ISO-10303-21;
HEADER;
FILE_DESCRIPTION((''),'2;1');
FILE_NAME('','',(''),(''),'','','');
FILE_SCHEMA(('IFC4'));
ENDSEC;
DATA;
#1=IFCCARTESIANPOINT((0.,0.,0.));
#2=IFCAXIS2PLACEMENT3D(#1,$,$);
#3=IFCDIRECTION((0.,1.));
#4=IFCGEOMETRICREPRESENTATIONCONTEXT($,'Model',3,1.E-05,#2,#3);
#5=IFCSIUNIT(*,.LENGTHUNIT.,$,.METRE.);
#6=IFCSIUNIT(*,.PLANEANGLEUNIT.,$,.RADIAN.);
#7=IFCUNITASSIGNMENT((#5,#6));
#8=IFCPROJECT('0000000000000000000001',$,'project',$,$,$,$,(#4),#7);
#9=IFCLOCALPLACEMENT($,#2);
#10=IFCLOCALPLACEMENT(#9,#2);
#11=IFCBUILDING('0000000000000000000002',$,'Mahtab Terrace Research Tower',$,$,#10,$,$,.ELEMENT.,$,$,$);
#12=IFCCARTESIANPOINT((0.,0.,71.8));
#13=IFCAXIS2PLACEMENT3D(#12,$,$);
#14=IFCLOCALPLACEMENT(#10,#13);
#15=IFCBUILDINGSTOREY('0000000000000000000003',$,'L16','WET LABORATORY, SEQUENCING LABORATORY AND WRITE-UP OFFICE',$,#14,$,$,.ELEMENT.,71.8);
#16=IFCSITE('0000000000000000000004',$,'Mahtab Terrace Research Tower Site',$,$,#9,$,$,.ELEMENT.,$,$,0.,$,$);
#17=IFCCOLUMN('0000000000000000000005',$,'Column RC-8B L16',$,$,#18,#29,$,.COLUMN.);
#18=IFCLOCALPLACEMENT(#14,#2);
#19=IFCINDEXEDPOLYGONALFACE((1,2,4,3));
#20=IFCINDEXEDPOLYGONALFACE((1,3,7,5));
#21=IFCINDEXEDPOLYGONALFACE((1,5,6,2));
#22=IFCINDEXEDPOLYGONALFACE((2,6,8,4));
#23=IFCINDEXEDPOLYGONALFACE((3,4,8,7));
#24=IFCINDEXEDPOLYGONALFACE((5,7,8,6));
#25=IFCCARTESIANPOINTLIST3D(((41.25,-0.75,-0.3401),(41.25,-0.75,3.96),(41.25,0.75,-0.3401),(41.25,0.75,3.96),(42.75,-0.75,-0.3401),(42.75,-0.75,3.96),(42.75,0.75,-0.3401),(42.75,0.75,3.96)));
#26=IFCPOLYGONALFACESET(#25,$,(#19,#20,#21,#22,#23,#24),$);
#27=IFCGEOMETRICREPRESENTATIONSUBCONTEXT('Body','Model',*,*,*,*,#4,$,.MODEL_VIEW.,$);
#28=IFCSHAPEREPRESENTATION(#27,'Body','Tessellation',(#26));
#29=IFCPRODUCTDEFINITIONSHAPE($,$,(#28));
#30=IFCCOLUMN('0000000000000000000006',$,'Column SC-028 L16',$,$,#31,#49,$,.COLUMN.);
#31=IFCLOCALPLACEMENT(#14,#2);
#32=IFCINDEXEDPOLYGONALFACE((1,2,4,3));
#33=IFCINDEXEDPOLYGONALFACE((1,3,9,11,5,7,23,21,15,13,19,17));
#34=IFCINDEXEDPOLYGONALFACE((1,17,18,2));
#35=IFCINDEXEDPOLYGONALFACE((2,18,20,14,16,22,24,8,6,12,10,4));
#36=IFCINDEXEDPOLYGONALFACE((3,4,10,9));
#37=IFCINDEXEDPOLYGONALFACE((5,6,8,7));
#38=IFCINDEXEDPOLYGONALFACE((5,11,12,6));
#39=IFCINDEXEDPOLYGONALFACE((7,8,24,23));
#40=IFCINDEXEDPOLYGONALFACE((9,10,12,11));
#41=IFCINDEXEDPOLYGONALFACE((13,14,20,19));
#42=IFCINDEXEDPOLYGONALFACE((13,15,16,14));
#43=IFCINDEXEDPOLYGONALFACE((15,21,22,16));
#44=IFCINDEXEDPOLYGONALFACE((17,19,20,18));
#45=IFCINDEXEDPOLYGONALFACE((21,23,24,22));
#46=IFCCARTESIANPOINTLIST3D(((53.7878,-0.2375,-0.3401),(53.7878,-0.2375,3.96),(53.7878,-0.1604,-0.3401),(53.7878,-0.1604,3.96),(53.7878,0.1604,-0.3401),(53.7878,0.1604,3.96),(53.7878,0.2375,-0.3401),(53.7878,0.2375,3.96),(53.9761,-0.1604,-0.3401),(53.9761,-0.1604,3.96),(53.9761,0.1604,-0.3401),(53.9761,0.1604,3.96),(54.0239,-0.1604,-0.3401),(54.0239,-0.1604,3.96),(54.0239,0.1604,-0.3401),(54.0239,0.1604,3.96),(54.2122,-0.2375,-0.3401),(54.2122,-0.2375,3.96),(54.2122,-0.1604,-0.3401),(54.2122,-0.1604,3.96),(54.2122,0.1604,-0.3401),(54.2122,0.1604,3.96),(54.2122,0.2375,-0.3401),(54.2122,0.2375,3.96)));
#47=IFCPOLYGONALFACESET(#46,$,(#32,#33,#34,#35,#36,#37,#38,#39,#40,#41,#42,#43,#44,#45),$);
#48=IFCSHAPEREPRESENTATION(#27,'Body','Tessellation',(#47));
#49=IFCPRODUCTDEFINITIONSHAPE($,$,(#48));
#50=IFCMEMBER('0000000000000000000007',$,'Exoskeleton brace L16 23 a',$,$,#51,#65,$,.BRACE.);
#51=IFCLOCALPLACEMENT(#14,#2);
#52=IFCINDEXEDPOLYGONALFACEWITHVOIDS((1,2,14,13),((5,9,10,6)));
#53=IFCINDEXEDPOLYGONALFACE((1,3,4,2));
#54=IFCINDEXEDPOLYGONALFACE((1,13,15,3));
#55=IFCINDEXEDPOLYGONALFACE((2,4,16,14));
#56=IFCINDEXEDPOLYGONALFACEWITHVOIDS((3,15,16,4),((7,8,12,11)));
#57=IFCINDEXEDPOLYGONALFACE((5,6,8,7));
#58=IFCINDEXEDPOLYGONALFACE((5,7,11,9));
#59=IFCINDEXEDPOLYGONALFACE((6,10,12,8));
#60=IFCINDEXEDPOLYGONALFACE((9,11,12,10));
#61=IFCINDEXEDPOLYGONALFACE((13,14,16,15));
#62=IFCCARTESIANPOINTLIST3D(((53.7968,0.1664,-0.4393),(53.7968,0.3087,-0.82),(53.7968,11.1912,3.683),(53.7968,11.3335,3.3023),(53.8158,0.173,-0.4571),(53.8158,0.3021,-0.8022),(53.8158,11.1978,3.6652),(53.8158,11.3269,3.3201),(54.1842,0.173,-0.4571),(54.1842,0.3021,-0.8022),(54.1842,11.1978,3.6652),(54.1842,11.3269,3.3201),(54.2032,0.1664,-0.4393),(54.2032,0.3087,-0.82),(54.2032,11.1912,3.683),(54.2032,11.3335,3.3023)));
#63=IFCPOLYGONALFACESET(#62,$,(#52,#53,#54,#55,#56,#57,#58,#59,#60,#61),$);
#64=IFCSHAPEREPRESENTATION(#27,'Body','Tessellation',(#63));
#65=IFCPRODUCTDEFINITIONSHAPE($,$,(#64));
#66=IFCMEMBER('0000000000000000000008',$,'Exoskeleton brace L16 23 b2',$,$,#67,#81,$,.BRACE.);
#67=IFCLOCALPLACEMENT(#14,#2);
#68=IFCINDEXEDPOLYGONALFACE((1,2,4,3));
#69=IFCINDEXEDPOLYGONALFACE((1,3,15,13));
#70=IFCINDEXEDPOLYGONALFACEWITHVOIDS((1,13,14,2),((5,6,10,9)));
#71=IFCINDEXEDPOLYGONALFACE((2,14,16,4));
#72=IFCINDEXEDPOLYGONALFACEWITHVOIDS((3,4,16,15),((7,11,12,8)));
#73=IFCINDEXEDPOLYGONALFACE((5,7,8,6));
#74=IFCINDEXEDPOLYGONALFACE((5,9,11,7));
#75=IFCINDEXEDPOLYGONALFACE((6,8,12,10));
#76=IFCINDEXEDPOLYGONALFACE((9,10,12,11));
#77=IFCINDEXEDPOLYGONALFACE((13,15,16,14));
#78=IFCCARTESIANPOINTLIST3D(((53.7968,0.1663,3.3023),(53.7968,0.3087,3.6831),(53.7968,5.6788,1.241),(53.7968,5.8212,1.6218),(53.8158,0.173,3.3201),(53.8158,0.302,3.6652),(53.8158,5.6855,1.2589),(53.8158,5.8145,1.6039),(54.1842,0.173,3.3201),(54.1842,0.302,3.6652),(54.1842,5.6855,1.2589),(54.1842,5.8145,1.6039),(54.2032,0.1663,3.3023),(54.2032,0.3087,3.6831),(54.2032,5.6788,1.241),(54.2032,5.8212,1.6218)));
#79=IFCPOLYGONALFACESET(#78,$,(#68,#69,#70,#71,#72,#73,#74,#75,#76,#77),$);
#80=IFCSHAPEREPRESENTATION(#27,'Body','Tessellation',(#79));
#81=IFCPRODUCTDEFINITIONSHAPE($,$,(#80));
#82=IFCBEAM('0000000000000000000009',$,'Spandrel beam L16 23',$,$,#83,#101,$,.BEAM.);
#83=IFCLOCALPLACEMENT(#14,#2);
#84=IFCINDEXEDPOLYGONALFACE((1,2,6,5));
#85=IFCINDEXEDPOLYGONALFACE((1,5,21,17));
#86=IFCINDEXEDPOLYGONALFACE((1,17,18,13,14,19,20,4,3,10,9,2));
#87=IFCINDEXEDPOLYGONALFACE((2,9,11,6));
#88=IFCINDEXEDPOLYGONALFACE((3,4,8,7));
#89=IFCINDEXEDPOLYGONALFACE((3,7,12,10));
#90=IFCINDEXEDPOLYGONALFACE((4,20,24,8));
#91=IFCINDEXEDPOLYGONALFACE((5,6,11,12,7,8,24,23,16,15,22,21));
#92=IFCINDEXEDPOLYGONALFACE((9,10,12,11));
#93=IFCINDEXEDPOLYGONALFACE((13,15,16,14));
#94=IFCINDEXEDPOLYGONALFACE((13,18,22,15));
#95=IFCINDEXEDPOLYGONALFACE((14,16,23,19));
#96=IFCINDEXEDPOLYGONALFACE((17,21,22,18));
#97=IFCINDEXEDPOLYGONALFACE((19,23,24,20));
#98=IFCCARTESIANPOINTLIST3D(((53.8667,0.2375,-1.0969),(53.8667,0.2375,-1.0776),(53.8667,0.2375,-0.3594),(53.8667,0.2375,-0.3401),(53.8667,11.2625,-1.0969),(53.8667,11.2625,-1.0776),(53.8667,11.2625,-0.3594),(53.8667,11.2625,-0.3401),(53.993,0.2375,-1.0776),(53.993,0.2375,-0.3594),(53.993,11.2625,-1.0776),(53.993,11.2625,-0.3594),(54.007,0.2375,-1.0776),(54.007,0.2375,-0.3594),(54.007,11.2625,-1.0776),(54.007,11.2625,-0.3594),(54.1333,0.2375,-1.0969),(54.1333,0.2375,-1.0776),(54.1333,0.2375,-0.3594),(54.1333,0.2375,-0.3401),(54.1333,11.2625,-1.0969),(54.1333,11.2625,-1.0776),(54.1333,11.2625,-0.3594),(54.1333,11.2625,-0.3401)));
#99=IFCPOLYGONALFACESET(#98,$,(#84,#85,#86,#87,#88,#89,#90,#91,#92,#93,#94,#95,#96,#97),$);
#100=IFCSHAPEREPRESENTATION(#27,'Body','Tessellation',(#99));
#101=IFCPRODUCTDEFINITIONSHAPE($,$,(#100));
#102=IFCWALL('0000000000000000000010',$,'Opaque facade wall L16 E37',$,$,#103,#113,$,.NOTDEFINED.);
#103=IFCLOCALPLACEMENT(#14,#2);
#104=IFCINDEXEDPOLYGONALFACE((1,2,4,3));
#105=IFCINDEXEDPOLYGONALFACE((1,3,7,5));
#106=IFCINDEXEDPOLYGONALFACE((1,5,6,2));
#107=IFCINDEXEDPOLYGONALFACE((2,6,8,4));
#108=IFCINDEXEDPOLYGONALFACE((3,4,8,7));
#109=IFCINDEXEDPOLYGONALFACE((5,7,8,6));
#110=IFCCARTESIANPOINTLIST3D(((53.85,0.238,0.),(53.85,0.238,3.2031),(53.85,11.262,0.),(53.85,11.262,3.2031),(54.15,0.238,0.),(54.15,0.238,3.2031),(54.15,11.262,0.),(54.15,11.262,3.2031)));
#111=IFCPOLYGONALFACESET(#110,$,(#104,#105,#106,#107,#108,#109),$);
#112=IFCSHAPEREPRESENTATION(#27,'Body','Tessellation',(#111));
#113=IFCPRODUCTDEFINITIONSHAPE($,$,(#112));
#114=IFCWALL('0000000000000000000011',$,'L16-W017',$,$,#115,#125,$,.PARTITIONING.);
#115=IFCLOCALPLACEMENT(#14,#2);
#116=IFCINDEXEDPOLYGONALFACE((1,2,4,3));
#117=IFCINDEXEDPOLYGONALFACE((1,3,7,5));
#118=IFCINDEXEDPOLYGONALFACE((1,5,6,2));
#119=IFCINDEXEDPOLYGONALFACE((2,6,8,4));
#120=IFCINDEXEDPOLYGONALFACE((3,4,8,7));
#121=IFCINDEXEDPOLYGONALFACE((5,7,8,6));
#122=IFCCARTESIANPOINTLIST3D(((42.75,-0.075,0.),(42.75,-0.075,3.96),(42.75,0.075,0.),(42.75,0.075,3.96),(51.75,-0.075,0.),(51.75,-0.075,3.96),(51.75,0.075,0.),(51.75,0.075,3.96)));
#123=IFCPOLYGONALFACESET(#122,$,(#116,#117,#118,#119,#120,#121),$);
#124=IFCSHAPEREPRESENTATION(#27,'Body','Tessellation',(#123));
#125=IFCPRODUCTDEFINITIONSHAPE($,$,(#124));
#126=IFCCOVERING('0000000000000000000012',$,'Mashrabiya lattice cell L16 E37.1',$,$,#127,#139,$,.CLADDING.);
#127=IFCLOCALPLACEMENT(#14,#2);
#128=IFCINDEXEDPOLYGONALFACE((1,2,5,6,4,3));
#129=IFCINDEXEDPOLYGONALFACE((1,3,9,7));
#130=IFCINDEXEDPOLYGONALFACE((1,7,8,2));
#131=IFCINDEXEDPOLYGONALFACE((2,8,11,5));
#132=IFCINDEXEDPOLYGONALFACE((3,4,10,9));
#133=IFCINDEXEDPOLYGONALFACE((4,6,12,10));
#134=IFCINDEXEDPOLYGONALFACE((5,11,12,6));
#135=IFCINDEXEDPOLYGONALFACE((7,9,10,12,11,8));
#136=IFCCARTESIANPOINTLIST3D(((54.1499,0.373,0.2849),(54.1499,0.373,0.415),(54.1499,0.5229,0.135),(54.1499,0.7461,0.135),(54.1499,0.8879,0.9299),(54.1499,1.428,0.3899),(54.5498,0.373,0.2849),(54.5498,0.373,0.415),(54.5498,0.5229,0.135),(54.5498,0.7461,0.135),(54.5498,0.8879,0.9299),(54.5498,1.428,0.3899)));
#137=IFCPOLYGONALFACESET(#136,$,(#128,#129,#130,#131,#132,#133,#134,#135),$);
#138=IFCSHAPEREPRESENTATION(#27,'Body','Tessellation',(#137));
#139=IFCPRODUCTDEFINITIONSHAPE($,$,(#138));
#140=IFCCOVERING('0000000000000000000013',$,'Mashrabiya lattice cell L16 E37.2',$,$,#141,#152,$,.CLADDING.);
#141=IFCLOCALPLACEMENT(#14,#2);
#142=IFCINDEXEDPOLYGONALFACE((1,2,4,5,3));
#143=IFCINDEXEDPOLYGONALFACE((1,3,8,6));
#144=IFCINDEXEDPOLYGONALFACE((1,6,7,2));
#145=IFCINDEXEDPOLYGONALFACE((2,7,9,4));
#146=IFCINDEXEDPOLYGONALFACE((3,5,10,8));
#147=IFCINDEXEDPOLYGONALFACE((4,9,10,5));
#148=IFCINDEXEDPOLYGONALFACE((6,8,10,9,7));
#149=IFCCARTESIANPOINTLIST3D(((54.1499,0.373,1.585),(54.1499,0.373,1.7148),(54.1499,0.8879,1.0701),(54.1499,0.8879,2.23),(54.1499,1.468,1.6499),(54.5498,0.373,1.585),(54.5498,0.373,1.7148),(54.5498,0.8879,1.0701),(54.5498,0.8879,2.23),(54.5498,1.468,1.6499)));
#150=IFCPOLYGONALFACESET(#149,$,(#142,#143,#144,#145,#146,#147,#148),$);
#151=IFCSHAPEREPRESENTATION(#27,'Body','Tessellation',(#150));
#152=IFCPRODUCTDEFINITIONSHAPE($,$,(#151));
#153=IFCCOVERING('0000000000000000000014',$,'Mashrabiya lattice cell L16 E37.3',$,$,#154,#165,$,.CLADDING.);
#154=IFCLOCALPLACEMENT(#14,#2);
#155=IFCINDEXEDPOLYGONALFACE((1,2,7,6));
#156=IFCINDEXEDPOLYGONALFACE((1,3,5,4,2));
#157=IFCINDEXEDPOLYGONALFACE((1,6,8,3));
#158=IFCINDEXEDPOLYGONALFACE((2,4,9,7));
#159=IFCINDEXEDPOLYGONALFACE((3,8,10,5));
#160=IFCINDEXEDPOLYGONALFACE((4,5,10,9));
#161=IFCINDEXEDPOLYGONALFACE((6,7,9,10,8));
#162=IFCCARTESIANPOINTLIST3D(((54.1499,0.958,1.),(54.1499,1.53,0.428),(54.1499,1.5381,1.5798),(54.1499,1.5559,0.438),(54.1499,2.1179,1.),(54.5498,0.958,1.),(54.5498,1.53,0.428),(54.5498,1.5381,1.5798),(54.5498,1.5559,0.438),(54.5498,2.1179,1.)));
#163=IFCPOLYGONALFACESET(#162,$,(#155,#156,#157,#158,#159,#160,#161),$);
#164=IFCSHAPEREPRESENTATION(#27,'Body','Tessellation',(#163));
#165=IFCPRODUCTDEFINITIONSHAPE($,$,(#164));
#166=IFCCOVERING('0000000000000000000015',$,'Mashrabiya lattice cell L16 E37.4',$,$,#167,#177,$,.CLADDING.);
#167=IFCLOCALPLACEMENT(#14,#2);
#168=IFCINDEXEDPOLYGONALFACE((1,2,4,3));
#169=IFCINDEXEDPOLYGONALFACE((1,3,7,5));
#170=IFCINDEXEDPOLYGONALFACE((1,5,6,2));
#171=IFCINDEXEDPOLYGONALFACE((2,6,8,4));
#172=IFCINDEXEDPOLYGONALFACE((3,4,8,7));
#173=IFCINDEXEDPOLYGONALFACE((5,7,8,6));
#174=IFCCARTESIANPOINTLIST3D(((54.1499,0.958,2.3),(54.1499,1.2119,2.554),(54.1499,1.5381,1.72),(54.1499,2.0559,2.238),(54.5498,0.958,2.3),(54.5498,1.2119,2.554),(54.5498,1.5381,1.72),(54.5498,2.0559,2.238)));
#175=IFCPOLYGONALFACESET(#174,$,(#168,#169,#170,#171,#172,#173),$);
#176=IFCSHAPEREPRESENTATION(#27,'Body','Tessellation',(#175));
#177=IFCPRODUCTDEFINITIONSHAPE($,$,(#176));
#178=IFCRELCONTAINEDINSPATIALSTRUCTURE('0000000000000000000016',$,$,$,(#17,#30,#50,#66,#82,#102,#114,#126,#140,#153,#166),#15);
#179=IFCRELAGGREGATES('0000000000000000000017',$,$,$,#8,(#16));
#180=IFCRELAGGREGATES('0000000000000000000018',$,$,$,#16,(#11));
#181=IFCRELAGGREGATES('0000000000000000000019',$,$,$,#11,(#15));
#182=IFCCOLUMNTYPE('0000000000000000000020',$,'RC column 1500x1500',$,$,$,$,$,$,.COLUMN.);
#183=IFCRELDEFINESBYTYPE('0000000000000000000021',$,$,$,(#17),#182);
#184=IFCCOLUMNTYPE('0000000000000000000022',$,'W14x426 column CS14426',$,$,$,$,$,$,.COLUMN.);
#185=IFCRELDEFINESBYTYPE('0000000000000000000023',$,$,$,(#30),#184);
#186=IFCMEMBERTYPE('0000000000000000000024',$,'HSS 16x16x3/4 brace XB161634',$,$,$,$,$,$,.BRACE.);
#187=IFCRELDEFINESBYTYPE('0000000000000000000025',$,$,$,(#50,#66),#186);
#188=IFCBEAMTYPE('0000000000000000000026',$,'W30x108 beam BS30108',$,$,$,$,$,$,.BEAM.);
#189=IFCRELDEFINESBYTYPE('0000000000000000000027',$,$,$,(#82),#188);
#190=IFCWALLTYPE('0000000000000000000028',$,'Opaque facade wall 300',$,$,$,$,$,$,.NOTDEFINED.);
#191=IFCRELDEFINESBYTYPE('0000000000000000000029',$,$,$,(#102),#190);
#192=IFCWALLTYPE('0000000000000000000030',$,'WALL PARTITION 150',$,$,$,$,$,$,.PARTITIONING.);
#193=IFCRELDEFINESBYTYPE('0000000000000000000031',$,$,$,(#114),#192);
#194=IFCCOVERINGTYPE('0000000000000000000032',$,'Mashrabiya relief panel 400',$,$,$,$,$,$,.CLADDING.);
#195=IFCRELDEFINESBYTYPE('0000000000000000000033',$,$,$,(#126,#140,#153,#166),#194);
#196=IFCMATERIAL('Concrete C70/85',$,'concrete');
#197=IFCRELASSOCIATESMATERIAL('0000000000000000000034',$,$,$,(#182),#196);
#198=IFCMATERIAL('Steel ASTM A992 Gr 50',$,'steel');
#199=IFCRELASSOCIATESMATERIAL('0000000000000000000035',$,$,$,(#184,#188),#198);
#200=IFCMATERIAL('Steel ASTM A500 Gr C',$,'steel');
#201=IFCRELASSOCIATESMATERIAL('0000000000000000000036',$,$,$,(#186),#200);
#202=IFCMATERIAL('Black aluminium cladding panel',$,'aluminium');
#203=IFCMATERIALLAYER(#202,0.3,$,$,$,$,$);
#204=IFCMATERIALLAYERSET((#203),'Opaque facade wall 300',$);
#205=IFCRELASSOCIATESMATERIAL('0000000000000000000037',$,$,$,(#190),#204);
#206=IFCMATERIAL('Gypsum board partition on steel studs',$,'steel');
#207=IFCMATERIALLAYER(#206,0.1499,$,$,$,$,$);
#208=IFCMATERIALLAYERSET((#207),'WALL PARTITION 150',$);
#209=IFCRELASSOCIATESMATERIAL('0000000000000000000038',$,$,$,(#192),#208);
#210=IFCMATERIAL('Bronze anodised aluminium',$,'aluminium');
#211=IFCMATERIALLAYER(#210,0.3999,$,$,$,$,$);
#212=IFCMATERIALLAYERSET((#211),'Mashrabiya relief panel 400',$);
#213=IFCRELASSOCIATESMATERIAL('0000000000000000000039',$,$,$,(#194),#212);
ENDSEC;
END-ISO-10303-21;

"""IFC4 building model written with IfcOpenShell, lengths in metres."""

from ifc_helpers import new_model, si_unit, direction, frame, frame_2d, origin, origin_2d, place, context, subcontext, project, spatial, polyline, rectangle, hollow_rectangle, i_section, outline, extrude, material, layer, layer_set, material_profile, profile_set, type_object, element, save


model = new_model("IFC4")

# Units and contexts
model_context = context("Model", 3, precision=1e-05, world=origin(), true_north=direction((0.0, 1.0)))
body_context = subcontext(model_context, "Body", "Model", "MODEL_VIEW")
ifc_project = project(units=[si_unit("LENGTHUNIT", "METRE"), si_unit("PLANEANGLEUNIT", "RADIAN")], contexts=[model_context])

# Site, building, storey
site_placement = place(None, origin())
site = spatial("IfcSite", under=ifc_project, at=site_placement, Name="Mahtab Terrace Research Tower Site", CompositionType="ELEMENT", RefElevation=0.0)
building_placement = place(site_placement, origin())
building = spatial("IfcBuilding", under=site, at=building_placement, Name="Mahtab Terrace Research Tower", CompositionType="ELEMENT")
storey_placement = place(building_placement, frame((0.0, 0.0, 71.8)))
storey = spatial("IfcBuildingStorey", under=building, at=storey_placement, Name="L16", Description="WET LABORATORY, SEQUENCING LABORATORY AND WRITE-UP OFFICE", CompositionType="ELEMENT", Elevation=71.8)

# Columns
ifc_material_1 = material(Name="Concrete C70/85", Category="concrete")
ifc_material_profile_1 = material_profile(ifc_material_1, rectangle(XDim=1.5, YDim=1.5, at=origin_2d()), Name="RC column 1500x1500")
ifc_profile_set_1 = profile_set([ifc_material_profile_1], Name="Concrete C70/85")
column_type_1 = type_object("IfcColumnType", Name="RC column 1500x1500", PredefinedType="COLUMN", material=ifc_profile_set_1)
column_1_placement = place(storey_placement, frame((42.0, 0.0, -0.3401), z_axis=(0.0, 0.0, 1.0), x_axis=(1.0, 0.0, 0.0)))
element("IfcColumn", 1, at=column_1_placement, inside=storey, type_object=column_type_1, Name="Column RC-8B L16", PredefinedType="COLUMN", context=body_context, shape_type="SweptSolid", body=[
    extrude(rectangle(XDim=1.5, YDim=1.5, at=origin_2d()), origin(), (0.0, 0.0, 1.0), 4.3),
])
ifc_material_2 = material(Name="Steel ASTM A992 Gr 50", Category="steel")
ifc_material_profile_2 = material_profile(ifc_material_2, i_section(OverallWidth=0.4243, OverallDepth=0.4751, WebThickness=0.0479, FlangeThickness=0.0771, at=origin_2d()), Name="W14X426")
ifc_profile_set_2 = profile_set([ifc_material_profile_2], Name="Steel ASTM A992 Gr 50")
column_type_2 = type_object("IfcColumnType", Name="W14x426 column CS14426", PredefinedType="COLUMN", material=ifc_profile_set_2)
column_2_placement = place(storey_placement, frame((54.0, 0.0, -0.3401), z_axis=(0.0, 0.0, 1.0), x_axis=(1.0, 0.0, 0.0)))
element("IfcColumn", 2, at=column_2_placement, inside=storey, type_object=column_type_2, Name="Column SC-028 L16", PredefinedType="COLUMN", context=body_context, shape_type="SweptSolid", body=[
    extrude(i_section(OverallWidth=0.4243, OverallDepth=0.4751, WebThickness=0.0479, FlangeThickness=0.0771, at=origin_2d()), origin(), (0.0, 0.0, 1.0), 4.3),
])

# Members
ifc_material_3 = material(Name="Steel ASTM A500 Gr C", Category="steel")
ifc_material_profile_3 = material_profile(ifc_material_3, hollow_rectangle(XDim=0.4065, YDim=0.4065, WallThickness=0.019, at=origin_2d()), Name="HSS16X16X3/4")
ifc_profile_set_3 = profile_set([ifc_material_profile_3], Name="Steel ASTM A500 Gr C")
member_type = type_object("IfcMemberType", Name="HSS 16x16x3/4 brace XB161634", PredefinedType="BRACE", material=ifc_profile_set_3)
member_1_placement = place(storey_placement, frame((54.0, 0.2375, -0.6296), z_axis=(0.0, 0.936665, 0.350228), x_axis=(-1.0, 0.0, 0.0)))
element("IfcMember", 3, at=member_1_placement, inside=storey, type_object=member_type, Name="Exoskeleton brace L16 23 a", PredefinedType="BRACE", context=body_context, shape_type="SweptSolid", body=[
    extrude(hollow_rectangle(XDim=0.4065, YDim=0.4065, WallThickness=0.019, at=origin_2d()), origin(), (0.0, 0.0, 1.0), 11.7703),
])
member_2_placement = place(storey_placement, frame((54.0, 5.75, 1.4314), z_axis=(0.0, -0.936658, 0.350246), x_axis=(1.0, 0.0, 0.0)))
element("IfcMember", 4, at=member_2_placement, inside=storey, type_object=member_type, Name="Exoskeleton brace L16 23 b2", PredefinedType="BRACE", context=body_context, shape_type="SweptSolid", body=[
    extrude(hollow_rectangle(XDim=0.4065, YDim=0.4065, WallThickness=0.019, at=origin_2d()), origin(), (0.0, 0.0, 1.0), 5.8853),
])

# Beam
ifc_material_profile_4 = material_profile(ifc_material_2, i_section(OverallWidth=0.2666, OverallDepth=0.7568, WebThickness=0.0139, FlangeThickness=0.0193, at=origin_2d()), Name="W30X108")
ifc_profile_set_4 = profile_set([ifc_material_profile_4], Name="Steel ASTM A992 Gr 50")
beam_type = type_object("IfcBeamType", Name="W30x108 beam BS30108", PredefinedType="BEAM", material=ifc_profile_set_4)
beam_placement = place(storey_placement, frame((54.0, 0.2375, -0.7185), z_axis=(0.0, 1.0, 0.0), x_axis=(-1.0, 0.0, 0.0)))
element("IfcBeam", 5, at=beam_placement, inside=storey, type_object=beam_type, Name="Spandrel beam L16 23", PredefinedType="BEAM", context=body_context, shape_type="SweptSolid", body=[
    extrude(i_section(OverallWidth=0.2666, OverallDepth=0.7568, WebThickness=0.0139, FlangeThickness=0.0193, at=origin_2d()), origin(), (0.0, 0.0, 1.0), 11.0249),
])

# Walls
ifc_material_4 = material(Name="Black aluminium cladding panel", Category="aluminium")
ifc_layer_1 = layer(ifc_material_4, 0.3)
ifc_layer_set_1 = layer_set([ifc_layer_1], Name="Opaque facade wall 300")
wall_type_1 = type_object("IfcWallType", Name="Opaque facade wall 300", PredefinedType="NOTDEFINED", material=ifc_layer_set_1)
wall_1_placement = place(storey_placement, frame((54.0, 0.238, 0.0), z_axis=(0.0, 0.0, 1.0), x_axis=(0.0, 1.0, 0.0)))
element("IfcWall", 6, at=wall_1_placement, inside=storey, type_object=wall_type_1, Name="Opaque facade wall L16 E37", PredefinedType="NOTDEFINED", context=body_context, shape_type="SweptSolid", body=[
    extrude(rectangle(XDim=11.0239, YDim=0.3, at=frame_2d((5.512, 0.0))), origin(), (0.0, 0.0, 1.0), 3.2031),
])
ifc_material_5 = material(Name="Gypsum board partition on steel studs", Category="steel")
ifc_layer_2 = layer(ifc_material_5, 0.1499)
ifc_layer_set_2 = layer_set([ifc_layer_2], Name="WALL PARTITION 150")
wall_type_2 = type_object("IfcWallType", Name="WALL PARTITION 150", PredefinedType="PARTITIONING", material=ifc_layer_set_2)
wall_2_placement = place(storey_placement, frame((42.75, 0.0, 0.0), z_axis=(0.0, 0.0, 1.0), x_axis=(1.0, 0.0, 0.0)))
element("IfcWall", 7, at=wall_2_placement, inside=storey, type_object=wall_type_2, Name="L16-W017", PredefinedType="PARTITIONING", context=body_context, shape_type="SweptSolid", body=[
    extrude(rectangle(XDim=9.0, YDim=0.1499, at=frame_2d((4.5, 0.0))), origin(), (0.0, 0.0, 1.0), 3.96),
])

# Coverings
ifc_material_6 = material(Name="Bronze anodised aluminium", Category="aluminium")
ifc_layer_3 = layer(ifc_material_6, 0.3999)
ifc_layer_set_3 = layer_set([ifc_layer_3], Name="Mashrabiya relief panel 400")
covering_type = type_object("IfcCoveringType", Name="Mashrabiya relief panel 400", PredefinedType="CLADDING", material=ifc_layer_set_3)
covering_1_placement = place(storey_placement, frame((54.1499, 0.373, 0.2849), z_axis=(-1.0, 0.0, 0.0), x_axis=(0.0, 0.0, 1.0)))
element("IfcCovering", 8, at=covering_1_placement, inside=storey, type_object=covering_type, Name="Mashrabiya lattice cell L16 E37.1", PredefinedType="CLADDING", context=body_context, shape_type="SweptSolid", body=[
    extrude(outline(polyline([(0.0, 0.0), (0.1301, 0.0), (0.645, 0.5149), (0.105, 1.0549), (-0.1499, 0.373), (-0.1499, 0.1499), (0.0, 0.0)])), origin(), (0.0, 0.0, -1.0), 0.3999),
])
covering_2_placement = place(storey_placement, frame((54.1499, 0.8879, 2.23), z_axis=(-1.0, 0.0, 0.0), x_axis=(0.0, 0.707107, -0.707107)))
element("IfcCovering", 9, at=covering_2_placement, inside=storey, type_object=covering_type, Name="Mashrabiya lattice cell L16 E37.2", PredefinedType="CLADDING", context=body_context, shape_type="SweptSolid", body=[
    extrude(outline(polyline([(0.0, 0.0), (0.8204, 0.0), (0.8202, 0.8202), (0.092, 0.8202), (0.0002, 0.7283), (0.0, 0.0)])), origin(), (0.0, 0.0, -1.0), 0.3999),
])
covering_3_placement = place(storey_placement, frame((54.1499, 0.958, 1.0), z_axis=(-1.0, 0.0, 0.0), x_axis=(0.0, 0.707256, 0.706958)))
element("IfcCovering", 10, at=covering_3_placement, inside=storey, type_object=covering_type, Name="Mashrabiya lattice cell L16 E37.3", PredefinedType="CLADDING", context=body_context, shape_type="SweptSolid", body=[
    extrude(outline(polyline([(0.0, 0.0), (0.8202, 0.0), (0.8204, 0.82), (0.0255, 0.8202), (0.0002, 0.809), (0.0, 0.0)])), origin(), (0.0, 0.0, -1.0), 0.3999),
])
covering_4_placement = place(storey_placement, frame((54.1499, 1.5381, 1.72), z_axis=(-1.0, 0.0, 0.0), x_axis=(0.0, -0.707107, 0.707107)))
element("IfcCovering", 11, at=covering_4_placement, inside=storey, type_object=covering_type, Name="Mashrabiya lattice cell L16 E37.4", PredefinedType="CLADDING", context=body_context, shape_type="SweptSolid", body=[
    extrude(outline(polyline([(0.0, 0.0), (0.8204, 0.0), (0.8204, 0.3591), (0.0002, 0.7325), (0.0, 0.0)])), origin(), (0.0, 0.0, -1.0), 0.3999),
])

save(model, "model.ifc")
